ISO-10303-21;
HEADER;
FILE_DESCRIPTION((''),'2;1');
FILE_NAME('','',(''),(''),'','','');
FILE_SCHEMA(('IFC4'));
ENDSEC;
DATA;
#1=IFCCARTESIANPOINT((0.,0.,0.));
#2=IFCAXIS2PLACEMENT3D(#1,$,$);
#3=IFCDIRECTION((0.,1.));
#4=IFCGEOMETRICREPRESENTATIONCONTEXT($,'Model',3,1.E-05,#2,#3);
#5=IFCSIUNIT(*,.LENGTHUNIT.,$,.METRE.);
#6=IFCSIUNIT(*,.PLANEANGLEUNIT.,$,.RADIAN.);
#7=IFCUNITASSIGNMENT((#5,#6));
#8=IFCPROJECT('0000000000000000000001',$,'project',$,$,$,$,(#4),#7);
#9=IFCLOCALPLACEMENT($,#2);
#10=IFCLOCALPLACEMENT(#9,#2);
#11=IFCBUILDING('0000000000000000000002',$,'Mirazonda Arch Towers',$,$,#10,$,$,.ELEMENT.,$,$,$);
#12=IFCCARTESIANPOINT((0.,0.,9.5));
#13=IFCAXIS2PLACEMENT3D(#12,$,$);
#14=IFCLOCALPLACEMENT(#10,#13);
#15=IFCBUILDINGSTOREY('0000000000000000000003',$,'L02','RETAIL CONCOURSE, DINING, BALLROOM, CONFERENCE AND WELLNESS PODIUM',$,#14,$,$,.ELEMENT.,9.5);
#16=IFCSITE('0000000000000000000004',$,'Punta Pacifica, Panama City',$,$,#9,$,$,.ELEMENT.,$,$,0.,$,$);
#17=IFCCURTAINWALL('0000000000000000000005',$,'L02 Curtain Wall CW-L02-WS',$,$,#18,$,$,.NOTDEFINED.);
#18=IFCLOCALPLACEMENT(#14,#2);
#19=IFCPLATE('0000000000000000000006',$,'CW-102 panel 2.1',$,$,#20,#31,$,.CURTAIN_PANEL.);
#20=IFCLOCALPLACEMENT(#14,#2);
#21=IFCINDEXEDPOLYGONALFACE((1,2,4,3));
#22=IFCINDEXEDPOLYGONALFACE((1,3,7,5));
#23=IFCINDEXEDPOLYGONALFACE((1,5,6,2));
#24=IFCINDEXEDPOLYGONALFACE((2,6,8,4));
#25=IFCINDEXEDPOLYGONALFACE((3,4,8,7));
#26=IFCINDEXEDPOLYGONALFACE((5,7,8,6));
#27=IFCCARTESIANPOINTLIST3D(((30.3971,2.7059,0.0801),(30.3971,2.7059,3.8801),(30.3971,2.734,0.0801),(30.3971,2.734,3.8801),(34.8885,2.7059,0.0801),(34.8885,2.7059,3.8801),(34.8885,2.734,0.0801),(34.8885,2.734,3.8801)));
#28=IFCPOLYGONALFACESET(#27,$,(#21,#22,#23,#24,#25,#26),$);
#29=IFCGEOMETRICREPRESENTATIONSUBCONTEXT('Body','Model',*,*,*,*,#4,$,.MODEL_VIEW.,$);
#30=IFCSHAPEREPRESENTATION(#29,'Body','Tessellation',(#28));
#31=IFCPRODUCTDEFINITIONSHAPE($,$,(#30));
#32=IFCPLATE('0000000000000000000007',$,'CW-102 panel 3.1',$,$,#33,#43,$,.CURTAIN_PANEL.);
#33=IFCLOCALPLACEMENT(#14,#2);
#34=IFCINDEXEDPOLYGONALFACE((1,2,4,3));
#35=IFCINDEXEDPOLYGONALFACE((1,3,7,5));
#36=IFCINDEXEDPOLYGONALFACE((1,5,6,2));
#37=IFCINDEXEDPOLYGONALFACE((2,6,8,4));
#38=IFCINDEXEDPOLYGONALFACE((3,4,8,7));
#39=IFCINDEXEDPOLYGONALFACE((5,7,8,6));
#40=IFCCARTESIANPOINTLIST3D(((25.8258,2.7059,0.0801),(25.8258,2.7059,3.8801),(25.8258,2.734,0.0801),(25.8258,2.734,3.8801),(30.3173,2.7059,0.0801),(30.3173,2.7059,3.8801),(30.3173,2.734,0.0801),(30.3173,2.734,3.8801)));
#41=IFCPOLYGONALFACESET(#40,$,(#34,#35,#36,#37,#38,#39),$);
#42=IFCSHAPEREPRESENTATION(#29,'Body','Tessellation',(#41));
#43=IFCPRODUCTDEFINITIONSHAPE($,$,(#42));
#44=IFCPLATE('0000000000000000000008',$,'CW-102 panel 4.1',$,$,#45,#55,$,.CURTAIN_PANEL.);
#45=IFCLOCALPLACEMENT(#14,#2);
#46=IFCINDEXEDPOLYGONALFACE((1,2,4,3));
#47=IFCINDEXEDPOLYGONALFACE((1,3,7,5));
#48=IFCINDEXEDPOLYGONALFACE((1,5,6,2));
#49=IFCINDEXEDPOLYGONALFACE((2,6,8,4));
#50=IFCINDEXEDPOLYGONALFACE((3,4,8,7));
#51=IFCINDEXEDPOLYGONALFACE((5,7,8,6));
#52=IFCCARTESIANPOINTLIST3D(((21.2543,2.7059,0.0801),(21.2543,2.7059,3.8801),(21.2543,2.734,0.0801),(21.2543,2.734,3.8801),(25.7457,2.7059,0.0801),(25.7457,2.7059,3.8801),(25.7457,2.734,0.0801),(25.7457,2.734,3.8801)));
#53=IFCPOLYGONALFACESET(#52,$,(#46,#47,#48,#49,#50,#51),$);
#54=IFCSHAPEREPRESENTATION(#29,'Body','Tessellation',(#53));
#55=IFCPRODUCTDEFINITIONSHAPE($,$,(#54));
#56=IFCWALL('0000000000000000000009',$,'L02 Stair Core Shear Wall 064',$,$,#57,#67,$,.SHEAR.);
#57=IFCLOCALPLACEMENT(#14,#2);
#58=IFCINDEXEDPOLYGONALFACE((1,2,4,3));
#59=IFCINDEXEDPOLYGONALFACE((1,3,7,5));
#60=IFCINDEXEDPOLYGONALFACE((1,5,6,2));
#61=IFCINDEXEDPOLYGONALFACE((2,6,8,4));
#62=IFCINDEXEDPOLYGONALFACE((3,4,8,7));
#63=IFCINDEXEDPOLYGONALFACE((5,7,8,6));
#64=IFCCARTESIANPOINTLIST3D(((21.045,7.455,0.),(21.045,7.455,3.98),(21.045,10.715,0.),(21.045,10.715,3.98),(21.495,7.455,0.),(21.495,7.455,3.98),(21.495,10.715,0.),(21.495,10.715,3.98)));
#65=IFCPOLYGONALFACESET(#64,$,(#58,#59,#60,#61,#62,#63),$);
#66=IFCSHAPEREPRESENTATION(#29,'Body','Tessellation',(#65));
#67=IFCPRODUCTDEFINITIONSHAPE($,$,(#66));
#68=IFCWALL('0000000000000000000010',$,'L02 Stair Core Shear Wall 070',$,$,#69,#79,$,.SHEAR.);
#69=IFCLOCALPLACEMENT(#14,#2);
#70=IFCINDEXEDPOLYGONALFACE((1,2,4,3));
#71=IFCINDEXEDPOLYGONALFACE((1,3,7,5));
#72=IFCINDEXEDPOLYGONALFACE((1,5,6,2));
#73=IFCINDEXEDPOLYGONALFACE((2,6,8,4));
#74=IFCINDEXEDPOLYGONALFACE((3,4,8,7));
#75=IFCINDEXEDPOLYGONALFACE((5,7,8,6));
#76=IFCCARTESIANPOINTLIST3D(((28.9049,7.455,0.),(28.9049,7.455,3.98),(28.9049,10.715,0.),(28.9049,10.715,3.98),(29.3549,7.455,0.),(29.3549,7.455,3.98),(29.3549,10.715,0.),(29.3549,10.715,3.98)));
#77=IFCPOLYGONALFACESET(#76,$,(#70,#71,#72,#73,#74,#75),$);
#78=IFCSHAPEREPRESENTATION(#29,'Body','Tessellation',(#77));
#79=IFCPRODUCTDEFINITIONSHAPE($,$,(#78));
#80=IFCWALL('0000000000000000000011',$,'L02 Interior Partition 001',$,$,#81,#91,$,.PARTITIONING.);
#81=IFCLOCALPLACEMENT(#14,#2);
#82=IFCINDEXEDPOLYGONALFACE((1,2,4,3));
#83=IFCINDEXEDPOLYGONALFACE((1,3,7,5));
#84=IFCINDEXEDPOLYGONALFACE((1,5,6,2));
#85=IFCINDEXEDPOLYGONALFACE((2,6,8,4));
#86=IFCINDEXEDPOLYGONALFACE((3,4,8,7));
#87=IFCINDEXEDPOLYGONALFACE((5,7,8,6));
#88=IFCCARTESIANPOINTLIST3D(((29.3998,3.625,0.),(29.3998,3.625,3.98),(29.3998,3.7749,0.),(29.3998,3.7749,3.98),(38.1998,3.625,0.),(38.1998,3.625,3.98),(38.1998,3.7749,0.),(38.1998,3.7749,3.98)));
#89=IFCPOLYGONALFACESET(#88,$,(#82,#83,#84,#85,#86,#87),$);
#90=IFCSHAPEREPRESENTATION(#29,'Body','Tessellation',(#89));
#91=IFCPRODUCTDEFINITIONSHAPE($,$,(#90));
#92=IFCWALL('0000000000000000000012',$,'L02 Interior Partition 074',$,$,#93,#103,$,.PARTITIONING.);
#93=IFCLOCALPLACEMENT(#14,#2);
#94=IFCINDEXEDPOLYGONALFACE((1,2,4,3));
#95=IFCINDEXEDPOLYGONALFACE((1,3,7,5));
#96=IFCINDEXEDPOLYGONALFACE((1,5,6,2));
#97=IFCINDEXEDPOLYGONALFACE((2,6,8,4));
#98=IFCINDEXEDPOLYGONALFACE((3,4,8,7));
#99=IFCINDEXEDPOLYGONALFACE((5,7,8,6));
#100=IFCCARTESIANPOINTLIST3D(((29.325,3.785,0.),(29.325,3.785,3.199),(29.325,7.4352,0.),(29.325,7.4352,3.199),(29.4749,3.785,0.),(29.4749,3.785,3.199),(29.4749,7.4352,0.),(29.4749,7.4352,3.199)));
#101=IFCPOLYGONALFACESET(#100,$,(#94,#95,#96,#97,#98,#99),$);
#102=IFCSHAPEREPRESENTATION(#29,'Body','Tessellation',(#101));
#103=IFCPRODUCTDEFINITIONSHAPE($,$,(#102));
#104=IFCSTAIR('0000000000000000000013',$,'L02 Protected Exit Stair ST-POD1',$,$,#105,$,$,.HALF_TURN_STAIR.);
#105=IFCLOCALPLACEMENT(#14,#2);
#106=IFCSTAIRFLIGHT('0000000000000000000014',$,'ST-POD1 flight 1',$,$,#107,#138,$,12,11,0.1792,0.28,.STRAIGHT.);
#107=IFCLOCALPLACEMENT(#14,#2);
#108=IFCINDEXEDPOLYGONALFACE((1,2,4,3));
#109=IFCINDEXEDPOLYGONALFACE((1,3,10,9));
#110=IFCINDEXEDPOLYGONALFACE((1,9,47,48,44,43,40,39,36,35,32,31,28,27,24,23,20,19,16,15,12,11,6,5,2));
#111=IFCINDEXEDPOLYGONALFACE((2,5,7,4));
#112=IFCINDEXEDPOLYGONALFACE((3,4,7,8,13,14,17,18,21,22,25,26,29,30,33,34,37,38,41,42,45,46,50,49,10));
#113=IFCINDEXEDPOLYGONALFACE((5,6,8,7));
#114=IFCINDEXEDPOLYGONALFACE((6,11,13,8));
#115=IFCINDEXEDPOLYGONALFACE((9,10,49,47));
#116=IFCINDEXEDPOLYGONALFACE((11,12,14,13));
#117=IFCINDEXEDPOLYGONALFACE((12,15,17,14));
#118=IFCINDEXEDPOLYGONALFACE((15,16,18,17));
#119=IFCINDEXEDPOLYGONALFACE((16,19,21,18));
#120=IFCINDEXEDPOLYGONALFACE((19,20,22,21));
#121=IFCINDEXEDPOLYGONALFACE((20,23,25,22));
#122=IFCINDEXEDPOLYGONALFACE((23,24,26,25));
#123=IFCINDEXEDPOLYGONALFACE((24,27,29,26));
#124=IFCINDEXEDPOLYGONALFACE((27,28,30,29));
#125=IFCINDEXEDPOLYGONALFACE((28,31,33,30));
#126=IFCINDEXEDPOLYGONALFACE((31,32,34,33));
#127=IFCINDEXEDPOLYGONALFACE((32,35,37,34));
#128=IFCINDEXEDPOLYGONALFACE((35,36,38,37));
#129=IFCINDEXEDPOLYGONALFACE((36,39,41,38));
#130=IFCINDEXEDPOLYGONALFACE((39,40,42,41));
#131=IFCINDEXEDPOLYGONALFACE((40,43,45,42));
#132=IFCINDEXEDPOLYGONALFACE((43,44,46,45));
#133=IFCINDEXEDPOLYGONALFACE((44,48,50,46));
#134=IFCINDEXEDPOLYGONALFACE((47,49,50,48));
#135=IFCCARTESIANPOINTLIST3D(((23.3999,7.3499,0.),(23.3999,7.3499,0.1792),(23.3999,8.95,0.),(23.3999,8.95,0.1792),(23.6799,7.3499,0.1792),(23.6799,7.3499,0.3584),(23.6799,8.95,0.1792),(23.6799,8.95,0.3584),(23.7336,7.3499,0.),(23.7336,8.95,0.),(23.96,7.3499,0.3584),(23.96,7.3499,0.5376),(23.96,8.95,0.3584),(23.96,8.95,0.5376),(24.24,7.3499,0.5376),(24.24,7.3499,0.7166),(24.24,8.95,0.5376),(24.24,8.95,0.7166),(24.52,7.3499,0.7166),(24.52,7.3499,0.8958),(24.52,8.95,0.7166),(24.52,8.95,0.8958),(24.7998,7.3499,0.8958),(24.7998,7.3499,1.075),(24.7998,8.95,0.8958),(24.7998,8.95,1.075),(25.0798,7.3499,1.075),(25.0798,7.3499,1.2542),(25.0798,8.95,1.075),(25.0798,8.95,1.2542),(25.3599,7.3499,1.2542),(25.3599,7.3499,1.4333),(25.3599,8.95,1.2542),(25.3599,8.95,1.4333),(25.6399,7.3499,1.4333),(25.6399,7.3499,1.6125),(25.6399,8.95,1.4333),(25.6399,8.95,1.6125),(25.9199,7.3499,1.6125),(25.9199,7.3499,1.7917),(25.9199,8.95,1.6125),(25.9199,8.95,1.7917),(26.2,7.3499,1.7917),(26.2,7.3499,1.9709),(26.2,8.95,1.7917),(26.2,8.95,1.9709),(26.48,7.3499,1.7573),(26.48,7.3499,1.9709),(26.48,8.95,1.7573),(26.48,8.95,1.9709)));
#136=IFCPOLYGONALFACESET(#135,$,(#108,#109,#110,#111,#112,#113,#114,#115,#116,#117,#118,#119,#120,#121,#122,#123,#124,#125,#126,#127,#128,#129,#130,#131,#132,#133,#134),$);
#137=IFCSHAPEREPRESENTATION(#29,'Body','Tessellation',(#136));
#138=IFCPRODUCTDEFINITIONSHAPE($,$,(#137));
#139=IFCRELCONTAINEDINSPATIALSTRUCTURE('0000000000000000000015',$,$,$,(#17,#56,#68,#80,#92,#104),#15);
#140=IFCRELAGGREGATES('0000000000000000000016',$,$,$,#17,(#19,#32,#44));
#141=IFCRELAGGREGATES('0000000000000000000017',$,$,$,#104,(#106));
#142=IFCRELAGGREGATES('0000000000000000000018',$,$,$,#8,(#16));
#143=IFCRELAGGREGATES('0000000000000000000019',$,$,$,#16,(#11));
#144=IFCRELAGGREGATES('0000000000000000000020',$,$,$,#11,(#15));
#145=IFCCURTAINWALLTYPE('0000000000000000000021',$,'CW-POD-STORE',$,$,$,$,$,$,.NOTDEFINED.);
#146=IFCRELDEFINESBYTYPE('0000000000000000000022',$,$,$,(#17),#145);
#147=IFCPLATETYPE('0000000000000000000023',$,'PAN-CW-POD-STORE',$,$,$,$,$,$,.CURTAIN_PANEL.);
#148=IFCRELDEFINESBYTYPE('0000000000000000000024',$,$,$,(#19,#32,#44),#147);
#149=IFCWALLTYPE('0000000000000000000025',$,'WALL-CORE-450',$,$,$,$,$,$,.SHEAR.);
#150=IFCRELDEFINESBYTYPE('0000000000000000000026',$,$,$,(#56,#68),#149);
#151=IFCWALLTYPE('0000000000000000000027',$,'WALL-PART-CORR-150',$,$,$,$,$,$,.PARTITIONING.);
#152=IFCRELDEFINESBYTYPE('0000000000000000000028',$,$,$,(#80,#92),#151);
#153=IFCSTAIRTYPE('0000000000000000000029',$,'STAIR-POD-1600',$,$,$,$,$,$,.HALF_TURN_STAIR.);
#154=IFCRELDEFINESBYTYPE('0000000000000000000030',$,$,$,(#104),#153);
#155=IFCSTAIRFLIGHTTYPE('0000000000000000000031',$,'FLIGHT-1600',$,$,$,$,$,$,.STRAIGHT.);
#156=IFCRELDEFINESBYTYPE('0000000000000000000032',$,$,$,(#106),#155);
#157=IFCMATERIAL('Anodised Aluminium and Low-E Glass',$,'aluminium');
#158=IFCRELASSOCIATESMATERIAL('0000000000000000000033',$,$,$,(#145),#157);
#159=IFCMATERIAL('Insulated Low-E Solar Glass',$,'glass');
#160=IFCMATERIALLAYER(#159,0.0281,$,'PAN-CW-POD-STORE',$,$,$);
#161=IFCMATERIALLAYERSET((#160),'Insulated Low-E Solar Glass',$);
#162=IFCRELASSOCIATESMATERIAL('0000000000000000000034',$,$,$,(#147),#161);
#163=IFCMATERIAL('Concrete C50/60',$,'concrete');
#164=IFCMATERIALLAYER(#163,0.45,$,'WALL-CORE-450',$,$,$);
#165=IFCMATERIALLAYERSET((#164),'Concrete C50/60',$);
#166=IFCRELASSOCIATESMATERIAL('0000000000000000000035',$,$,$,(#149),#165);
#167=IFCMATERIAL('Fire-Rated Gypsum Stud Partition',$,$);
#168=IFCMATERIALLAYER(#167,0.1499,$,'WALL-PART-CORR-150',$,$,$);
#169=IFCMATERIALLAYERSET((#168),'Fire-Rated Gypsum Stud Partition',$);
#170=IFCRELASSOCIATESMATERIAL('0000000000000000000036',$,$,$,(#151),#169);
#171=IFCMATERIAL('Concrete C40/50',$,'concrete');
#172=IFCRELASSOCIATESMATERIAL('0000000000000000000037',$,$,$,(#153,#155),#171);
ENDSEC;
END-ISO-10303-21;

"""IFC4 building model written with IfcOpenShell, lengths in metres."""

from ifc_helpers import new_model, si_unit, direction, frame, frame_2d, origin, origin_2d, place, context, subcontext, project, spatial, polyline, rectangle, outline, extrude, material, layer, layer_set, type_object, element, aggregate, save


model = new_model("IFC4")

# Units and contexts
model_context = context("Model", 3, precision=1e-05, world=origin(), true_north=direction((0.0, 1.0)))
body_context = subcontext(model_context, "Body", "Model", "MODEL_VIEW")
ifc_project = project(units=[si_unit("LENGTHUNIT", "METRE"), si_unit("PLANEANGLEUNIT", "RADIAN")], contexts=[model_context])

# Site, building, storey
site_placement = place(None, origin())
site = spatial("IfcSite", under=ifc_project, at=site_placement, Name="Punta Pacifica, Panama City", CompositionType="ELEMENT", RefElevation=0.0)
building_placement = place(site_placement, origin())
building = spatial("IfcBuilding", under=site, at=building_placement, Name="Mirazonda Arch Towers", CompositionType="ELEMENT")
storey_placement = place(building_placement, frame((0.0, 0.0, 9.5)))
storey = spatial("IfcBuildingStorey", under=building, at=storey_placement, Name="L02", Description="RETAIL CONCOURSE, DINING, BALLROOM, CONFERENCE AND WELLNESS PODIUM", CompositionType="ELEMENT", Elevation=9.5)

# Shared definitions
ifc_material_1 = material(Name="Concrete C50/60", Category="concrete")

# Curtain wall, plates
ifc_material_2 = material(Name="Anodised Aluminium and Low-E Glass", Category="aluminium")
curtain_wall_type = type_object("IfcCurtainWallType", Name="CW-POD-STORE", PredefinedType="NOTDEFINED", material=ifc_material_2)
curtain_wall_placement = place(storey_placement, origin())
curtain_wall = element("IfcCurtainWall", 1, at=curtain_wall_placement, inside=storey, type_object=curtain_wall_type, Name="L02 Curtain Wall CW-L02-WS", PredefinedType="NOTDEFINED")
ifc_material_3 = material(Name="Insulated Low-E Solar Glass", Category="glass")
ifc_layer_1 = layer(ifc_material_3, 0.0281, Name="PAN-CW-POD-STORE")
ifc_layer_set_1 = layer_set([ifc_layer_1], Name="Insulated Low-E Solar Glass")
plate_type = type_object("IfcPlateType", Name="PAN-CW-POD-STORE", PredefinedType="CURTAIN_PANEL", material=ifc_layer_set_1)
plate_1_placement = place(storey_placement, frame((32.6428, 2.72, 0.0801), z_axis=(0.0, 0.0, 1.0), x_axis=(-1.0, 0.0, 0.0)))
plate_1 = element("IfcPlate", 2, at=plate_1_placement, type_object=plate_type, Name="CW-102 panel 2.1", PredefinedType="CURTAIN_PANEL", context=body_context, shape_type="SweptSolid", body=[
    extrude(rectangle(XDim=4.4915, YDim=0.0281, at=origin_2d()), origin(), (0.0, 0.0, 1.0), 3.8),
])
plate_2_placement = place(storey_placement, frame((28.0715, 2.72, 0.0801), z_axis=(0.0, 0.0, 1.0), x_axis=(-1.0, 0.0, 0.0)))
plate_2 = element("IfcPlate", 3, at=plate_2_placement, type_object=plate_type, Name="CW-102 panel 3.1", PredefinedType="CURTAIN_PANEL", context=body_context, shape_type="SweptSolid", body=[
    extrude(rectangle(XDim=4.4915, YDim=0.0281, at=origin_2d()), origin(), (0.0, 0.0, 1.0), 3.8),
])
plate_3_placement = place(storey_placement, frame((23.5, 2.72, 0.0801), z_axis=(0.0, 0.0, 1.0), x_axis=(-1.0, 0.0, 0.0)))
plate_3 = element("IfcPlate", 4, at=plate_3_placement, type_object=plate_type, Name="CW-102 panel 4.1", PredefinedType="CURTAIN_PANEL", context=body_context, shape_type="SweptSolid", body=[
    extrude(rectangle(XDim=4.4915, YDim=0.0281, at=origin_2d()), origin(), (0.0, 0.0, 1.0), 3.8),
])
aggregate(curtain_wall, [plate_1, plate_2, plate_3])

# Walls
ifc_layer_2 = layer(ifc_material_1, 0.45, Name="WALL-CORE-450")
ifc_layer_set_2 = layer_set([ifc_layer_2], Name="Concrete C50/60")
wall_type_1 = type_object("IfcWallType", Name="WALL-CORE-450", PredefinedType="SHEAR", material=ifc_layer_set_2)
for number, where, z_axis, x_axis, name in (
    (5, (21.27, 7.4551, 0.0), (0.0, 0.0, 1.0), (0.0, 1.0, 0.0), "L02 Stair Core Shear Wall 064"),
    (6, (29.1299, 7.4551, 0.0), (0.0, 0.0, 1.0), (0.0, 1.0, 0.0), "L02 Stair Core Shear Wall 070"),
):
    element("IfcWall", number, at=place(storey_placement, frame(where, z_axis=z_axis, x_axis=x_axis)), inside=storey, type_object=wall_type_1, Name=name, PredefinedType="SHEAR", context=body_context, shape_type="SweptSolid", body=[
        extrude(rectangle(XDim=3.26, YDim=0.45, at=frame_2d((1.6299, 0.0))), origin(), (0.0, 0.0, 1.0), 3.98),
    ])
ifc_material_4 = material(Name="Fire-Rated Gypsum Stud Partition")
ifc_layer_3 = layer(ifc_material_4, 0.1499, Name="WALL-PART-CORR-150")
ifc_layer_set_3 = layer_set([ifc_layer_3], Name="Fire-Rated Gypsum Stud Partition")
wall_type_2 = type_object("IfcWallType", Name="WALL-PART-CORR-150", PredefinedType="PARTITIONING", material=ifc_layer_set_3)
wall_1_placement = place(storey_placement, frame((29.3999, 3.7, 0.0), z_axis=(0.0, 0.0, 1.0), x_axis=(1.0, 0.0, 0.0)))
element("IfcWall", 7, at=wall_1_placement, inside=storey, type_object=wall_type_2, Name="L02 Interior Partition 001", PredefinedType="PARTITIONING", context=body_context, shape_type="SweptSolid", body=[
    extrude(rectangle(XDim=8.8, YDim=0.1499, at=frame_2d((4.3999, 0.0))), origin(), (0.0, 0.0, 1.0), 3.98),
])
wall_2_placement = place(storey_placement, frame((29.3999, 3.7849, 0.0), z_axis=(0.0, 0.0, 1.0), x_axis=(0.0, 1.0, 0.0)))
element("IfcWall", 8, at=wall_2_placement, inside=storey, type_object=wall_type_2, Name="L02 Interior Partition 074", PredefinedType="PARTITIONING", context=body_context, shape_type="SweptSolid", body=[
    extrude(rectangle(XDim=3.6501, YDim=0.1499, at=frame_2d((1.8252, 0.0))), origin(), (0.0, 0.0, 1.0), 3.199),
])

# Stair, stair flight
ifc_material_5 = material(Name="Concrete C40/50", Category="concrete")
stair_type = type_object("IfcStairType", Name="STAIR-POD-1600", PredefinedType="HALF_TURN_STAIR", material=ifc_material_5)
stair_placement = place(storey_placement, origin())
stair = element("IfcStair", 9, at=stair_placement, inside=storey, type_object=stair_type, Name="L02 Protected Exit Stair ST-POD1", PredefinedType="HALF_TURN_STAIR")
stair_flight_type = type_object("IfcStairFlightType", Name="FLIGHT-1600", PredefinedType="STRAIGHT", material=ifc_material_5)
stair_flight_placement = place(storey_placement, frame((23.3999, 8.1499, 0.0), z_axis=(0.0, 0.0, 1.0), x_axis=(1.0, 0.0, 0.0)))
stair_flight = element("IfcStairFlight", 10, at=stair_flight_placement, type_object=stair_flight_type, Name="ST-POD1 flight 1", NumberOfRisers=12, NumberOfTreads=11, PredefinedType="STRAIGHT", RiserHeight=0.1792, TreadLength=0.28, context=body_context, shape_type="SweptSolid", body=[
    extrude(outline(polyline([(0.0, 0.0), (0.0, 0.1792), (0.28, 0.1792), (0.28, 0.3584), (0.5601, 0.3584), (0.5601, 0.5376), (0.8401, 0.5376), (0.8401, 0.7166), (1.1201, 0.7166), (1.1201, 0.8958), (1.3999, 0.8958), (1.3999, 1.075), (1.6799, 1.075), (1.6799, 1.2542), (1.96, 1.2542), (1.96, 1.4333), (2.24, 1.4333), (2.24, 1.6125), (2.52, 1.6125), (2.52, 1.7917), (2.8, 1.7917), (2.8, 1.9709), (3.0801, 1.9709), (3.0801, 2.1499), (3.0801, 1.7573), (0.3337, 0.0), (0.0, 0.0)])), frame((0.0, 0.8, 0.0), z_axis=(0.0, -1.0, 0.0), x_axis=(1.0, 0.0, 0.0)), (0.0, 0.0, 1.0), 1.6001),
])
aggregate(stair, [stair_flight])

save(model, "model.ifc")
